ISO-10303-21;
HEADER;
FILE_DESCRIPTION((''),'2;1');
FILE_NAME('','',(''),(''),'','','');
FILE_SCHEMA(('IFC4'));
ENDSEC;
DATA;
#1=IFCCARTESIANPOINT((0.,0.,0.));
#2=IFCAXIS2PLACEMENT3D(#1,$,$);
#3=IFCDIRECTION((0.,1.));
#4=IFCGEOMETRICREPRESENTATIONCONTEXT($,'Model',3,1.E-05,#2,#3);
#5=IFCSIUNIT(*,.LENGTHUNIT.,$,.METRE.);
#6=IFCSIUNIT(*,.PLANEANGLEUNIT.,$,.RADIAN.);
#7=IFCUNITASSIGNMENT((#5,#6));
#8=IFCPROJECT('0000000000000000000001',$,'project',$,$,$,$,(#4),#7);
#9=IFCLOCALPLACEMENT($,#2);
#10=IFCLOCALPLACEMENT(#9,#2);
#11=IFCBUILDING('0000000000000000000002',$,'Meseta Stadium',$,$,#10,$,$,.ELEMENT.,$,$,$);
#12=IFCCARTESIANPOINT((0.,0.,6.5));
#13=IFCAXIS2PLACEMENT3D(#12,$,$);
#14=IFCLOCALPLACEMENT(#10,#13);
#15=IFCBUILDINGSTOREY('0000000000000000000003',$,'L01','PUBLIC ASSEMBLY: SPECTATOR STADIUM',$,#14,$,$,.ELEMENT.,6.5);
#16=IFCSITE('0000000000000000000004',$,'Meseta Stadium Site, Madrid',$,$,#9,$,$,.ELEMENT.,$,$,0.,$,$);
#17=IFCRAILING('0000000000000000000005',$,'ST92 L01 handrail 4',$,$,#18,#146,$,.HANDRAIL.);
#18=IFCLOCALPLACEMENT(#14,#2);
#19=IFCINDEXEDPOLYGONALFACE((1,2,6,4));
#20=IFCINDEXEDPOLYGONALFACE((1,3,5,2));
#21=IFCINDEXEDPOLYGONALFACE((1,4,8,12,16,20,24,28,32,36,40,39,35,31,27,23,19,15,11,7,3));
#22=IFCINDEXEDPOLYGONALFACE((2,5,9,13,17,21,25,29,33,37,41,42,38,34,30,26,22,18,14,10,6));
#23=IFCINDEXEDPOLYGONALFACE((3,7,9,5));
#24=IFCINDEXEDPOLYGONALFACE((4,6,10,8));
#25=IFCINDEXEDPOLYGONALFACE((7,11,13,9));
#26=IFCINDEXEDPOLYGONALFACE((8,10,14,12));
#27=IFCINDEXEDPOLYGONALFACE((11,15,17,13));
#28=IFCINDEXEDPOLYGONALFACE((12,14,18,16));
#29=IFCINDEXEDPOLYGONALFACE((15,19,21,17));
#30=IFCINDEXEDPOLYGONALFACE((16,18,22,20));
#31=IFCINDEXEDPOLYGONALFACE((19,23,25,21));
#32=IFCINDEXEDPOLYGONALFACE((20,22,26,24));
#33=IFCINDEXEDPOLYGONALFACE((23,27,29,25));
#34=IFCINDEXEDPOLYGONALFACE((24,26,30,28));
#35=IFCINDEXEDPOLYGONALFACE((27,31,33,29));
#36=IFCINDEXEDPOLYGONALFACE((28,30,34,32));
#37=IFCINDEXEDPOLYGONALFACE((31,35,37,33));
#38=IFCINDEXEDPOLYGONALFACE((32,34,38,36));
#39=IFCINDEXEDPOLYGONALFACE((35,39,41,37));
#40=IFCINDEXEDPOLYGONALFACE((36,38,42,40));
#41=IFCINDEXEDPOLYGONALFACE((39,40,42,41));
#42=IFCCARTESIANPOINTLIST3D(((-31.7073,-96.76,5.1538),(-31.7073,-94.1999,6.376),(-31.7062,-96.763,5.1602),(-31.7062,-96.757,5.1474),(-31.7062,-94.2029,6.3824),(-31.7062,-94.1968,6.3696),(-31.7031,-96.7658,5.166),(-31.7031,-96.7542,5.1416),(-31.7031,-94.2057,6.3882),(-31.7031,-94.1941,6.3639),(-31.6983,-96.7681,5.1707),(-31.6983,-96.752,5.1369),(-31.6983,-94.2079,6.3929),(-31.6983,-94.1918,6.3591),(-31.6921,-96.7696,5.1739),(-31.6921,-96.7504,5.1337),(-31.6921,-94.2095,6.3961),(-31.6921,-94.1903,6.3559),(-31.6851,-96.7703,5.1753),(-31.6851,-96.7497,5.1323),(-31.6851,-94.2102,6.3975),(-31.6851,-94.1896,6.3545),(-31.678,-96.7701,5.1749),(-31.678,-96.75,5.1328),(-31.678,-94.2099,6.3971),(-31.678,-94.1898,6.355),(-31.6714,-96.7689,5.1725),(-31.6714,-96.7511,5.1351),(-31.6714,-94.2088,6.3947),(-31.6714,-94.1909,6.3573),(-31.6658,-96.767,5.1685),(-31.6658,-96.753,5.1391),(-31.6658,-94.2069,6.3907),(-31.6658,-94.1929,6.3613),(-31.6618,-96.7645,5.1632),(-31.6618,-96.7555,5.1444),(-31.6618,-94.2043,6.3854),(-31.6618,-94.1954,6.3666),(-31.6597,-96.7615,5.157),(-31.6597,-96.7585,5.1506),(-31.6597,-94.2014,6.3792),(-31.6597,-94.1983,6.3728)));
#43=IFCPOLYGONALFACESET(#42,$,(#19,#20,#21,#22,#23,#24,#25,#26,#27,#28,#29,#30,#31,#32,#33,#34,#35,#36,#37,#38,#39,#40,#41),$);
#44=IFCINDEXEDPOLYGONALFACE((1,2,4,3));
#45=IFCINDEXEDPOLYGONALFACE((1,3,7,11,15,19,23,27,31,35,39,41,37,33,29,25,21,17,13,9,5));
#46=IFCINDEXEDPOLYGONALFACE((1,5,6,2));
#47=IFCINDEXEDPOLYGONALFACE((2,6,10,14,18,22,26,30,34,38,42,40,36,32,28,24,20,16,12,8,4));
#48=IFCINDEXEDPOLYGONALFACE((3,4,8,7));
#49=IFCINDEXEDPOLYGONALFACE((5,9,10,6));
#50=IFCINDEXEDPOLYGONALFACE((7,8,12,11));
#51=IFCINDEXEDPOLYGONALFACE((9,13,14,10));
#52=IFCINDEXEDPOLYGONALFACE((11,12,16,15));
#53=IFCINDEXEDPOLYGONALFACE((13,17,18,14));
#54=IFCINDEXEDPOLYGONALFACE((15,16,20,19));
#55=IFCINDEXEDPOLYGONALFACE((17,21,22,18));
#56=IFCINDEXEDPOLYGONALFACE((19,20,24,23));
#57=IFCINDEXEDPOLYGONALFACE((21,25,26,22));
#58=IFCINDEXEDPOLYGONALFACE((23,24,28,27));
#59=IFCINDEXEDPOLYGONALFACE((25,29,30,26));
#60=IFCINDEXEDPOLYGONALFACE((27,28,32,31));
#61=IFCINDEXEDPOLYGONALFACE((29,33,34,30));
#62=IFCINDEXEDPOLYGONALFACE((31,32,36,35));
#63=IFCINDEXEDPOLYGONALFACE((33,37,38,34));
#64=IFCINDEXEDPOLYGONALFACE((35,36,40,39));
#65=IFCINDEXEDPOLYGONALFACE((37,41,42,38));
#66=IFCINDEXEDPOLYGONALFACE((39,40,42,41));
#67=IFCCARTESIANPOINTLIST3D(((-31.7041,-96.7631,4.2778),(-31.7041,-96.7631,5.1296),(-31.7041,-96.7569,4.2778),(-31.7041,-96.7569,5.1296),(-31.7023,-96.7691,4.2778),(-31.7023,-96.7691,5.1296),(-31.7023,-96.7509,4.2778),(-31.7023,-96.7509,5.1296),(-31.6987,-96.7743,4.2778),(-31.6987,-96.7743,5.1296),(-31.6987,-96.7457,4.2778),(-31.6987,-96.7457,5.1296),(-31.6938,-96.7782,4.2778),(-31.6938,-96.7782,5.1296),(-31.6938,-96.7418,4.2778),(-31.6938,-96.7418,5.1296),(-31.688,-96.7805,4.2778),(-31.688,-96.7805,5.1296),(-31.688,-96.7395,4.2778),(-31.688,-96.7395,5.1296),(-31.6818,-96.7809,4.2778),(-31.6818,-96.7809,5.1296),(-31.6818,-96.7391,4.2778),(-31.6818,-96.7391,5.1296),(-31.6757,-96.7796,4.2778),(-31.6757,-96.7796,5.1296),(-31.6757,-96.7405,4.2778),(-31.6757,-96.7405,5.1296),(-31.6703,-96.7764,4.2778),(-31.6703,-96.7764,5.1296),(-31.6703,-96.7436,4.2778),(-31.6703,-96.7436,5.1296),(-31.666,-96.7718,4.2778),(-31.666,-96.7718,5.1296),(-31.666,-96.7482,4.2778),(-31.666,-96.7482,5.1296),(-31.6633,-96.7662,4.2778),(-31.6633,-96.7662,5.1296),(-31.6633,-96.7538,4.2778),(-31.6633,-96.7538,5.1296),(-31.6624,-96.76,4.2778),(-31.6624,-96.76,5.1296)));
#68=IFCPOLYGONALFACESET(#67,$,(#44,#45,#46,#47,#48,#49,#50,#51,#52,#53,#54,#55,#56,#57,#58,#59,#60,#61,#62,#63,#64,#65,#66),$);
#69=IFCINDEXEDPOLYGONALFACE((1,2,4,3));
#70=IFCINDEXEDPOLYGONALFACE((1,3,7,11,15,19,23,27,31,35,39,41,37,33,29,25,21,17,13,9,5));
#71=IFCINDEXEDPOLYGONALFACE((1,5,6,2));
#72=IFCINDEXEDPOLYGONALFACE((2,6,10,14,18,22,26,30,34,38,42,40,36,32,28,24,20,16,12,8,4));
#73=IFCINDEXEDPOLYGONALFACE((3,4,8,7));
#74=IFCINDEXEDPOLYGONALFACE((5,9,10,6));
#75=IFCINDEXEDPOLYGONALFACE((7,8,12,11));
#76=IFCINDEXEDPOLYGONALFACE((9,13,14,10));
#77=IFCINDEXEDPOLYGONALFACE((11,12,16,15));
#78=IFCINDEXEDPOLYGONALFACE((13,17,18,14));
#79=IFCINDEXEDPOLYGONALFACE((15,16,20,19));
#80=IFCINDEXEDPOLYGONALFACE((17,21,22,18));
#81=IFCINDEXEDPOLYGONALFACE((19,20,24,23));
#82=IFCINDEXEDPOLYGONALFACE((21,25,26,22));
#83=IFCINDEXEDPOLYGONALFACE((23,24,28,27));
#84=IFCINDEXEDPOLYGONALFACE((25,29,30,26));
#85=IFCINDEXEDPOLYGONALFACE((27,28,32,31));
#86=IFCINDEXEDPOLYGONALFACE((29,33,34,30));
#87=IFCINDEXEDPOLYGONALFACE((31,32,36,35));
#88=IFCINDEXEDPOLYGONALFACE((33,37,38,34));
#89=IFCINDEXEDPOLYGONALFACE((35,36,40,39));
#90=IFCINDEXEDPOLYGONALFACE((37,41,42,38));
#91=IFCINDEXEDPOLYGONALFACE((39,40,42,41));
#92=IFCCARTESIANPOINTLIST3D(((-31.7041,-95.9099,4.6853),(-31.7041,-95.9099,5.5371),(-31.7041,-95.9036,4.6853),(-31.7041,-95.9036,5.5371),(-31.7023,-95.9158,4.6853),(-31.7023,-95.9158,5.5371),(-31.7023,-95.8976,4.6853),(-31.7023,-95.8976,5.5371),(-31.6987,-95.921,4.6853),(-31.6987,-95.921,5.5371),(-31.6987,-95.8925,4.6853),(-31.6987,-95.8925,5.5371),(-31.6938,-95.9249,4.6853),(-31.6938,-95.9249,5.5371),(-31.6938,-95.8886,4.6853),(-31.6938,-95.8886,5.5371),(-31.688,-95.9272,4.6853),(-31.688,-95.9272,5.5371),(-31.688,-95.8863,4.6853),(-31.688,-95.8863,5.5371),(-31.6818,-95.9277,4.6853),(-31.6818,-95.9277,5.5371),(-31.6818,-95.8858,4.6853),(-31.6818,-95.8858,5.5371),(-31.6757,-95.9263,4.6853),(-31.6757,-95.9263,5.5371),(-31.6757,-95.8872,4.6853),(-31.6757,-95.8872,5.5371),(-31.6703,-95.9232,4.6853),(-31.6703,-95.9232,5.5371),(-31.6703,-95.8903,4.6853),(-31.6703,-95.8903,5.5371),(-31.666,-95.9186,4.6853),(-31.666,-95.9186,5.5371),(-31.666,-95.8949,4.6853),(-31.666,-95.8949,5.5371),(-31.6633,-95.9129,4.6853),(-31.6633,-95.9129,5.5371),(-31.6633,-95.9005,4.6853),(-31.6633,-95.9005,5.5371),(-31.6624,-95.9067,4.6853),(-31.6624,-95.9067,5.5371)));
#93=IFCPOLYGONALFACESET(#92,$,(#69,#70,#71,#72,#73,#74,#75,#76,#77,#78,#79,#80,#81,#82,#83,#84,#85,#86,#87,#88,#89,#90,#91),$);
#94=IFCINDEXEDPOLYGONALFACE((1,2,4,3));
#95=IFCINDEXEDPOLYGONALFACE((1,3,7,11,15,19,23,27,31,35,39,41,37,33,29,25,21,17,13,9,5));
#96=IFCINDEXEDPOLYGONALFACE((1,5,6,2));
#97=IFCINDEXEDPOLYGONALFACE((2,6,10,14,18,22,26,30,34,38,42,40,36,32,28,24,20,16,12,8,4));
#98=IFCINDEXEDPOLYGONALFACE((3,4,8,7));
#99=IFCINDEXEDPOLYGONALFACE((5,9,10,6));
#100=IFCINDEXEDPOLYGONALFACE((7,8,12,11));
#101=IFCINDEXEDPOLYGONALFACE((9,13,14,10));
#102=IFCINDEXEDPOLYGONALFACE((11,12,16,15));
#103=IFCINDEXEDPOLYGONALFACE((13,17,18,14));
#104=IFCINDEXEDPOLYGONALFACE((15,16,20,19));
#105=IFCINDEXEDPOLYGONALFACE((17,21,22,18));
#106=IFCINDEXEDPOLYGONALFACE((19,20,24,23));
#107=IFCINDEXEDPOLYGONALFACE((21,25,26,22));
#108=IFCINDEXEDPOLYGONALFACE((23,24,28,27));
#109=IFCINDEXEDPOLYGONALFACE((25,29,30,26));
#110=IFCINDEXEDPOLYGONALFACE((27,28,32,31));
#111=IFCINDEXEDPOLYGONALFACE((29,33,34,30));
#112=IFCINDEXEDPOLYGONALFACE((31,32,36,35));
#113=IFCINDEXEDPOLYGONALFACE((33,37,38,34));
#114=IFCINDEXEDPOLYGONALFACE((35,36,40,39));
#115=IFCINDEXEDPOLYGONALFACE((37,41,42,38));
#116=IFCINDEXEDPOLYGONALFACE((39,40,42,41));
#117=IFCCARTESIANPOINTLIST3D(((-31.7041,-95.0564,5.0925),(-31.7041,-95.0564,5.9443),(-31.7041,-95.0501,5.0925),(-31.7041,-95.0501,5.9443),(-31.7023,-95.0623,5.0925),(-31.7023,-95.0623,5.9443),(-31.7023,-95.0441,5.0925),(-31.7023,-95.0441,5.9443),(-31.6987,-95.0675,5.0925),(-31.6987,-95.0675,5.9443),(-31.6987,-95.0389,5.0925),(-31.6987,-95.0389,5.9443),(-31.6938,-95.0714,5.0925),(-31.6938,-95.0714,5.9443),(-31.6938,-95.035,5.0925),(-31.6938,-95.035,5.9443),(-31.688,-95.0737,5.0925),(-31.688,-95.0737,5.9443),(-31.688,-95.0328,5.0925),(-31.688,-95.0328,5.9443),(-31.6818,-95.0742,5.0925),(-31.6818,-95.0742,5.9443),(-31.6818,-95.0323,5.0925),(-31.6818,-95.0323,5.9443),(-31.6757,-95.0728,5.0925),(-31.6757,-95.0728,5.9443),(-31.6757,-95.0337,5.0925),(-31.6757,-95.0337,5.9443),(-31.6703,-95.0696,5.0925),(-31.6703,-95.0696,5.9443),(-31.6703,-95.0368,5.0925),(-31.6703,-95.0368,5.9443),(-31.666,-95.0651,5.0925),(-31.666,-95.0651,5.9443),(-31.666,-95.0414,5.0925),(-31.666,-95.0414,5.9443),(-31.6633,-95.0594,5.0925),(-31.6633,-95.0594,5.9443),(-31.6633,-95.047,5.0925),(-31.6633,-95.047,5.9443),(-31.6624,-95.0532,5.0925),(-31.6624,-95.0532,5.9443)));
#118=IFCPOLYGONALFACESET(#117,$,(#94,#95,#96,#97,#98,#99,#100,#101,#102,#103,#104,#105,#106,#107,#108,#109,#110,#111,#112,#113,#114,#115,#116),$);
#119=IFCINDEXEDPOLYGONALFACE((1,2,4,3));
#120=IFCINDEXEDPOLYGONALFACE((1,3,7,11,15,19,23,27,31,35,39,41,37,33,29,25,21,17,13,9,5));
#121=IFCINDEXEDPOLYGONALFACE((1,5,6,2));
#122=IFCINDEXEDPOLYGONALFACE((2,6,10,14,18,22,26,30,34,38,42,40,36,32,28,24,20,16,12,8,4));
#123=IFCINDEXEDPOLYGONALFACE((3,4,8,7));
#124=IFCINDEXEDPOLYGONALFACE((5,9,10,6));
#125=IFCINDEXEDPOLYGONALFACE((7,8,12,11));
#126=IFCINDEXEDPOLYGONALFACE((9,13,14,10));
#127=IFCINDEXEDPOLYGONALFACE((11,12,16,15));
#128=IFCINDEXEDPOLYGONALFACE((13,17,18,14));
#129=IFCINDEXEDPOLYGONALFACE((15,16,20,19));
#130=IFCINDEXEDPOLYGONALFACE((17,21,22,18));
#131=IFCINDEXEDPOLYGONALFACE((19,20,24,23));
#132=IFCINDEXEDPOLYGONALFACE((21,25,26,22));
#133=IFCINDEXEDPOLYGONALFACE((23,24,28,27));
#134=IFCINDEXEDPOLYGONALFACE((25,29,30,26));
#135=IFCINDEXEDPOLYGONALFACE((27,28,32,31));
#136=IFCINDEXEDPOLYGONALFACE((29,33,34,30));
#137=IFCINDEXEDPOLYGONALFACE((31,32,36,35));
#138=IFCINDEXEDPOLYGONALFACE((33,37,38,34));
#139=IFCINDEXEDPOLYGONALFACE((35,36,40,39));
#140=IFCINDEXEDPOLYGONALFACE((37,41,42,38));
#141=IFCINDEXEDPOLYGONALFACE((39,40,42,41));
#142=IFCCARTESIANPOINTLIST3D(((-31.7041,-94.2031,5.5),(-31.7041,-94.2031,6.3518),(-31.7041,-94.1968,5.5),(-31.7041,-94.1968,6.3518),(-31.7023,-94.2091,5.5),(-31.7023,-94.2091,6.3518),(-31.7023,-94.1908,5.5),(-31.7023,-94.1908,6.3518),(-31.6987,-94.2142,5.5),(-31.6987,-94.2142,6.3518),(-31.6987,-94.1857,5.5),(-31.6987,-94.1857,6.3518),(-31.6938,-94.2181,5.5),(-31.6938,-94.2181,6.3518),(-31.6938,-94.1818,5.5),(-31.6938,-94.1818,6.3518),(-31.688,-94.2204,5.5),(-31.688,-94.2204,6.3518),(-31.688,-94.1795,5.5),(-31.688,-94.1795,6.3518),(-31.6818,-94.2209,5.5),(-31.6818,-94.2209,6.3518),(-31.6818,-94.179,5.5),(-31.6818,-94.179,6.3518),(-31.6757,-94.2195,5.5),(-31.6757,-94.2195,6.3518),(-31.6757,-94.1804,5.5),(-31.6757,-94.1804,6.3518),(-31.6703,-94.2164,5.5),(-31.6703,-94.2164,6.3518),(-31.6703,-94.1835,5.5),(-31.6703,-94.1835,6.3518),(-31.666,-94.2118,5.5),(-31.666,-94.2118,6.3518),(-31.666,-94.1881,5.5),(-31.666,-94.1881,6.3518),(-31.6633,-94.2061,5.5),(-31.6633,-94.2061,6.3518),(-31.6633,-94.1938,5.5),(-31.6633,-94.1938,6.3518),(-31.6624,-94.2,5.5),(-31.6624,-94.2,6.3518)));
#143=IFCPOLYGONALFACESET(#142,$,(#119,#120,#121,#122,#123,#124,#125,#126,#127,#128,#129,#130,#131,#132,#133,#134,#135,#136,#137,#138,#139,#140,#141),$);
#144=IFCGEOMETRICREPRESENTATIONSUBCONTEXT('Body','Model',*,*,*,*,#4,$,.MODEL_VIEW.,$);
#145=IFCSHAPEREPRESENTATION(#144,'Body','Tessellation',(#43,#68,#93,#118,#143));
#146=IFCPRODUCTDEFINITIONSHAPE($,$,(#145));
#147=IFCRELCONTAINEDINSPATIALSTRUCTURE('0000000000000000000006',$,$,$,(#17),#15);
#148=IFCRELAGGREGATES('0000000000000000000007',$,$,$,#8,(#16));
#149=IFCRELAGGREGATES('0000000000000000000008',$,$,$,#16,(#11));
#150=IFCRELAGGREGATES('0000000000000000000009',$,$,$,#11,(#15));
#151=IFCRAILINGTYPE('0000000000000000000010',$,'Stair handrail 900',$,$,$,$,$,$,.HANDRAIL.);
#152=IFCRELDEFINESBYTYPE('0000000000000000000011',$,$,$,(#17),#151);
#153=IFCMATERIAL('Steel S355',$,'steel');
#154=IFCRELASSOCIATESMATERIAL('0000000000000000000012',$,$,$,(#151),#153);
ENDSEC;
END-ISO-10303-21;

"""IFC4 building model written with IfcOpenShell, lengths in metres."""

from ifc_helpers import new_model, si_unit, direction, frame, origin, origin_2d, place, context, subcontext, project, spatial, circle, extrude, material, type_object, element, save


model = new_model("IFC4")

# Units and contexts
model_context = context("Model", 3, precision=1e-05, world=origin(), true_north=direction((0.0, 1.0)))
body_context = subcontext(model_context, "Body", "Model", "MODEL_VIEW")
ifc_project = project(units=[si_unit("LENGTHUNIT", "METRE"), si_unit("PLANEANGLEUNIT", "RADIAN")], contexts=[model_context])

# Site, building, storey
site_placement = place(None, origin())
site = spatial("IfcSite", under=ifc_project, at=site_placement, Name="Meseta Stadium Site, Madrid", CompositionType="ELEMENT", RefElevation=0.0)
building_placement = place(site_placement, origin())
building = spatial("IfcBuilding", under=site, at=building_placement, Name="Meseta Stadium", CompositionType="ELEMENT")
storey_placement = place(building_placement, frame((0.0, 0.0, 6.5)))
storey = spatial("IfcBuildingStorey", under=building, at=storey_placement, Name="L01", Description="PUBLIC ASSEMBLY: SPECTATOR STADIUM", CompositionType="ELEMENT", Elevation=6.5)

# Railing
ifc_material_1 = material(Name="Steel S355", Category="steel")
railing_type_1 = type_object("IfcRailingType", Name="Stair handrail 900", PredefinedType="HANDRAIL", material=ifc_material_1)
railing_1_placement = place(storey_placement, frame((-31.6833, -96.76, 4.2778)))
element("IfcRailing", 1, at=railing_1_placement, inside=storey, type_object=railing_type_1, Name="ST92 L01 handrail 4", PredefinedType="HANDRAIL", context=body_context, shape_type="SweptSolid", body=[
    extrude(circle(Radius=0.0239, at=origin_2d()), frame((0.0, 0.0, 0.876), z_axis=(0.0, 0.902437, 0.430822), x_axis=(-1.0, 0.0, 0.0)), (0.0, 0.0, 1.0), 2.8369),
    extrude(circle(Radius=0.021, at=origin_2d()), origin(), (0.0, 0.0, 1.0), 0.8518),
    extrude(circle(Radius=0.021, at=origin_2d()), frame((0.0, 0.8533, 0.4075)), (0.0, 0.0, 1.0), 0.8518),
    extrude(circle(Radius=0.021, at=origin_2d()), frame((0.0, 1.7068, 0.8147)), (0.0, 0.0, 1.0), 0.8518),
    extrude(circle(Radius=0.021, at=origin_2d()), frame((0.0, 2.5601, 1.2222)), (0.0, 0.0, 1.0), 0.8518),
])

save(model, "model.ifc")
